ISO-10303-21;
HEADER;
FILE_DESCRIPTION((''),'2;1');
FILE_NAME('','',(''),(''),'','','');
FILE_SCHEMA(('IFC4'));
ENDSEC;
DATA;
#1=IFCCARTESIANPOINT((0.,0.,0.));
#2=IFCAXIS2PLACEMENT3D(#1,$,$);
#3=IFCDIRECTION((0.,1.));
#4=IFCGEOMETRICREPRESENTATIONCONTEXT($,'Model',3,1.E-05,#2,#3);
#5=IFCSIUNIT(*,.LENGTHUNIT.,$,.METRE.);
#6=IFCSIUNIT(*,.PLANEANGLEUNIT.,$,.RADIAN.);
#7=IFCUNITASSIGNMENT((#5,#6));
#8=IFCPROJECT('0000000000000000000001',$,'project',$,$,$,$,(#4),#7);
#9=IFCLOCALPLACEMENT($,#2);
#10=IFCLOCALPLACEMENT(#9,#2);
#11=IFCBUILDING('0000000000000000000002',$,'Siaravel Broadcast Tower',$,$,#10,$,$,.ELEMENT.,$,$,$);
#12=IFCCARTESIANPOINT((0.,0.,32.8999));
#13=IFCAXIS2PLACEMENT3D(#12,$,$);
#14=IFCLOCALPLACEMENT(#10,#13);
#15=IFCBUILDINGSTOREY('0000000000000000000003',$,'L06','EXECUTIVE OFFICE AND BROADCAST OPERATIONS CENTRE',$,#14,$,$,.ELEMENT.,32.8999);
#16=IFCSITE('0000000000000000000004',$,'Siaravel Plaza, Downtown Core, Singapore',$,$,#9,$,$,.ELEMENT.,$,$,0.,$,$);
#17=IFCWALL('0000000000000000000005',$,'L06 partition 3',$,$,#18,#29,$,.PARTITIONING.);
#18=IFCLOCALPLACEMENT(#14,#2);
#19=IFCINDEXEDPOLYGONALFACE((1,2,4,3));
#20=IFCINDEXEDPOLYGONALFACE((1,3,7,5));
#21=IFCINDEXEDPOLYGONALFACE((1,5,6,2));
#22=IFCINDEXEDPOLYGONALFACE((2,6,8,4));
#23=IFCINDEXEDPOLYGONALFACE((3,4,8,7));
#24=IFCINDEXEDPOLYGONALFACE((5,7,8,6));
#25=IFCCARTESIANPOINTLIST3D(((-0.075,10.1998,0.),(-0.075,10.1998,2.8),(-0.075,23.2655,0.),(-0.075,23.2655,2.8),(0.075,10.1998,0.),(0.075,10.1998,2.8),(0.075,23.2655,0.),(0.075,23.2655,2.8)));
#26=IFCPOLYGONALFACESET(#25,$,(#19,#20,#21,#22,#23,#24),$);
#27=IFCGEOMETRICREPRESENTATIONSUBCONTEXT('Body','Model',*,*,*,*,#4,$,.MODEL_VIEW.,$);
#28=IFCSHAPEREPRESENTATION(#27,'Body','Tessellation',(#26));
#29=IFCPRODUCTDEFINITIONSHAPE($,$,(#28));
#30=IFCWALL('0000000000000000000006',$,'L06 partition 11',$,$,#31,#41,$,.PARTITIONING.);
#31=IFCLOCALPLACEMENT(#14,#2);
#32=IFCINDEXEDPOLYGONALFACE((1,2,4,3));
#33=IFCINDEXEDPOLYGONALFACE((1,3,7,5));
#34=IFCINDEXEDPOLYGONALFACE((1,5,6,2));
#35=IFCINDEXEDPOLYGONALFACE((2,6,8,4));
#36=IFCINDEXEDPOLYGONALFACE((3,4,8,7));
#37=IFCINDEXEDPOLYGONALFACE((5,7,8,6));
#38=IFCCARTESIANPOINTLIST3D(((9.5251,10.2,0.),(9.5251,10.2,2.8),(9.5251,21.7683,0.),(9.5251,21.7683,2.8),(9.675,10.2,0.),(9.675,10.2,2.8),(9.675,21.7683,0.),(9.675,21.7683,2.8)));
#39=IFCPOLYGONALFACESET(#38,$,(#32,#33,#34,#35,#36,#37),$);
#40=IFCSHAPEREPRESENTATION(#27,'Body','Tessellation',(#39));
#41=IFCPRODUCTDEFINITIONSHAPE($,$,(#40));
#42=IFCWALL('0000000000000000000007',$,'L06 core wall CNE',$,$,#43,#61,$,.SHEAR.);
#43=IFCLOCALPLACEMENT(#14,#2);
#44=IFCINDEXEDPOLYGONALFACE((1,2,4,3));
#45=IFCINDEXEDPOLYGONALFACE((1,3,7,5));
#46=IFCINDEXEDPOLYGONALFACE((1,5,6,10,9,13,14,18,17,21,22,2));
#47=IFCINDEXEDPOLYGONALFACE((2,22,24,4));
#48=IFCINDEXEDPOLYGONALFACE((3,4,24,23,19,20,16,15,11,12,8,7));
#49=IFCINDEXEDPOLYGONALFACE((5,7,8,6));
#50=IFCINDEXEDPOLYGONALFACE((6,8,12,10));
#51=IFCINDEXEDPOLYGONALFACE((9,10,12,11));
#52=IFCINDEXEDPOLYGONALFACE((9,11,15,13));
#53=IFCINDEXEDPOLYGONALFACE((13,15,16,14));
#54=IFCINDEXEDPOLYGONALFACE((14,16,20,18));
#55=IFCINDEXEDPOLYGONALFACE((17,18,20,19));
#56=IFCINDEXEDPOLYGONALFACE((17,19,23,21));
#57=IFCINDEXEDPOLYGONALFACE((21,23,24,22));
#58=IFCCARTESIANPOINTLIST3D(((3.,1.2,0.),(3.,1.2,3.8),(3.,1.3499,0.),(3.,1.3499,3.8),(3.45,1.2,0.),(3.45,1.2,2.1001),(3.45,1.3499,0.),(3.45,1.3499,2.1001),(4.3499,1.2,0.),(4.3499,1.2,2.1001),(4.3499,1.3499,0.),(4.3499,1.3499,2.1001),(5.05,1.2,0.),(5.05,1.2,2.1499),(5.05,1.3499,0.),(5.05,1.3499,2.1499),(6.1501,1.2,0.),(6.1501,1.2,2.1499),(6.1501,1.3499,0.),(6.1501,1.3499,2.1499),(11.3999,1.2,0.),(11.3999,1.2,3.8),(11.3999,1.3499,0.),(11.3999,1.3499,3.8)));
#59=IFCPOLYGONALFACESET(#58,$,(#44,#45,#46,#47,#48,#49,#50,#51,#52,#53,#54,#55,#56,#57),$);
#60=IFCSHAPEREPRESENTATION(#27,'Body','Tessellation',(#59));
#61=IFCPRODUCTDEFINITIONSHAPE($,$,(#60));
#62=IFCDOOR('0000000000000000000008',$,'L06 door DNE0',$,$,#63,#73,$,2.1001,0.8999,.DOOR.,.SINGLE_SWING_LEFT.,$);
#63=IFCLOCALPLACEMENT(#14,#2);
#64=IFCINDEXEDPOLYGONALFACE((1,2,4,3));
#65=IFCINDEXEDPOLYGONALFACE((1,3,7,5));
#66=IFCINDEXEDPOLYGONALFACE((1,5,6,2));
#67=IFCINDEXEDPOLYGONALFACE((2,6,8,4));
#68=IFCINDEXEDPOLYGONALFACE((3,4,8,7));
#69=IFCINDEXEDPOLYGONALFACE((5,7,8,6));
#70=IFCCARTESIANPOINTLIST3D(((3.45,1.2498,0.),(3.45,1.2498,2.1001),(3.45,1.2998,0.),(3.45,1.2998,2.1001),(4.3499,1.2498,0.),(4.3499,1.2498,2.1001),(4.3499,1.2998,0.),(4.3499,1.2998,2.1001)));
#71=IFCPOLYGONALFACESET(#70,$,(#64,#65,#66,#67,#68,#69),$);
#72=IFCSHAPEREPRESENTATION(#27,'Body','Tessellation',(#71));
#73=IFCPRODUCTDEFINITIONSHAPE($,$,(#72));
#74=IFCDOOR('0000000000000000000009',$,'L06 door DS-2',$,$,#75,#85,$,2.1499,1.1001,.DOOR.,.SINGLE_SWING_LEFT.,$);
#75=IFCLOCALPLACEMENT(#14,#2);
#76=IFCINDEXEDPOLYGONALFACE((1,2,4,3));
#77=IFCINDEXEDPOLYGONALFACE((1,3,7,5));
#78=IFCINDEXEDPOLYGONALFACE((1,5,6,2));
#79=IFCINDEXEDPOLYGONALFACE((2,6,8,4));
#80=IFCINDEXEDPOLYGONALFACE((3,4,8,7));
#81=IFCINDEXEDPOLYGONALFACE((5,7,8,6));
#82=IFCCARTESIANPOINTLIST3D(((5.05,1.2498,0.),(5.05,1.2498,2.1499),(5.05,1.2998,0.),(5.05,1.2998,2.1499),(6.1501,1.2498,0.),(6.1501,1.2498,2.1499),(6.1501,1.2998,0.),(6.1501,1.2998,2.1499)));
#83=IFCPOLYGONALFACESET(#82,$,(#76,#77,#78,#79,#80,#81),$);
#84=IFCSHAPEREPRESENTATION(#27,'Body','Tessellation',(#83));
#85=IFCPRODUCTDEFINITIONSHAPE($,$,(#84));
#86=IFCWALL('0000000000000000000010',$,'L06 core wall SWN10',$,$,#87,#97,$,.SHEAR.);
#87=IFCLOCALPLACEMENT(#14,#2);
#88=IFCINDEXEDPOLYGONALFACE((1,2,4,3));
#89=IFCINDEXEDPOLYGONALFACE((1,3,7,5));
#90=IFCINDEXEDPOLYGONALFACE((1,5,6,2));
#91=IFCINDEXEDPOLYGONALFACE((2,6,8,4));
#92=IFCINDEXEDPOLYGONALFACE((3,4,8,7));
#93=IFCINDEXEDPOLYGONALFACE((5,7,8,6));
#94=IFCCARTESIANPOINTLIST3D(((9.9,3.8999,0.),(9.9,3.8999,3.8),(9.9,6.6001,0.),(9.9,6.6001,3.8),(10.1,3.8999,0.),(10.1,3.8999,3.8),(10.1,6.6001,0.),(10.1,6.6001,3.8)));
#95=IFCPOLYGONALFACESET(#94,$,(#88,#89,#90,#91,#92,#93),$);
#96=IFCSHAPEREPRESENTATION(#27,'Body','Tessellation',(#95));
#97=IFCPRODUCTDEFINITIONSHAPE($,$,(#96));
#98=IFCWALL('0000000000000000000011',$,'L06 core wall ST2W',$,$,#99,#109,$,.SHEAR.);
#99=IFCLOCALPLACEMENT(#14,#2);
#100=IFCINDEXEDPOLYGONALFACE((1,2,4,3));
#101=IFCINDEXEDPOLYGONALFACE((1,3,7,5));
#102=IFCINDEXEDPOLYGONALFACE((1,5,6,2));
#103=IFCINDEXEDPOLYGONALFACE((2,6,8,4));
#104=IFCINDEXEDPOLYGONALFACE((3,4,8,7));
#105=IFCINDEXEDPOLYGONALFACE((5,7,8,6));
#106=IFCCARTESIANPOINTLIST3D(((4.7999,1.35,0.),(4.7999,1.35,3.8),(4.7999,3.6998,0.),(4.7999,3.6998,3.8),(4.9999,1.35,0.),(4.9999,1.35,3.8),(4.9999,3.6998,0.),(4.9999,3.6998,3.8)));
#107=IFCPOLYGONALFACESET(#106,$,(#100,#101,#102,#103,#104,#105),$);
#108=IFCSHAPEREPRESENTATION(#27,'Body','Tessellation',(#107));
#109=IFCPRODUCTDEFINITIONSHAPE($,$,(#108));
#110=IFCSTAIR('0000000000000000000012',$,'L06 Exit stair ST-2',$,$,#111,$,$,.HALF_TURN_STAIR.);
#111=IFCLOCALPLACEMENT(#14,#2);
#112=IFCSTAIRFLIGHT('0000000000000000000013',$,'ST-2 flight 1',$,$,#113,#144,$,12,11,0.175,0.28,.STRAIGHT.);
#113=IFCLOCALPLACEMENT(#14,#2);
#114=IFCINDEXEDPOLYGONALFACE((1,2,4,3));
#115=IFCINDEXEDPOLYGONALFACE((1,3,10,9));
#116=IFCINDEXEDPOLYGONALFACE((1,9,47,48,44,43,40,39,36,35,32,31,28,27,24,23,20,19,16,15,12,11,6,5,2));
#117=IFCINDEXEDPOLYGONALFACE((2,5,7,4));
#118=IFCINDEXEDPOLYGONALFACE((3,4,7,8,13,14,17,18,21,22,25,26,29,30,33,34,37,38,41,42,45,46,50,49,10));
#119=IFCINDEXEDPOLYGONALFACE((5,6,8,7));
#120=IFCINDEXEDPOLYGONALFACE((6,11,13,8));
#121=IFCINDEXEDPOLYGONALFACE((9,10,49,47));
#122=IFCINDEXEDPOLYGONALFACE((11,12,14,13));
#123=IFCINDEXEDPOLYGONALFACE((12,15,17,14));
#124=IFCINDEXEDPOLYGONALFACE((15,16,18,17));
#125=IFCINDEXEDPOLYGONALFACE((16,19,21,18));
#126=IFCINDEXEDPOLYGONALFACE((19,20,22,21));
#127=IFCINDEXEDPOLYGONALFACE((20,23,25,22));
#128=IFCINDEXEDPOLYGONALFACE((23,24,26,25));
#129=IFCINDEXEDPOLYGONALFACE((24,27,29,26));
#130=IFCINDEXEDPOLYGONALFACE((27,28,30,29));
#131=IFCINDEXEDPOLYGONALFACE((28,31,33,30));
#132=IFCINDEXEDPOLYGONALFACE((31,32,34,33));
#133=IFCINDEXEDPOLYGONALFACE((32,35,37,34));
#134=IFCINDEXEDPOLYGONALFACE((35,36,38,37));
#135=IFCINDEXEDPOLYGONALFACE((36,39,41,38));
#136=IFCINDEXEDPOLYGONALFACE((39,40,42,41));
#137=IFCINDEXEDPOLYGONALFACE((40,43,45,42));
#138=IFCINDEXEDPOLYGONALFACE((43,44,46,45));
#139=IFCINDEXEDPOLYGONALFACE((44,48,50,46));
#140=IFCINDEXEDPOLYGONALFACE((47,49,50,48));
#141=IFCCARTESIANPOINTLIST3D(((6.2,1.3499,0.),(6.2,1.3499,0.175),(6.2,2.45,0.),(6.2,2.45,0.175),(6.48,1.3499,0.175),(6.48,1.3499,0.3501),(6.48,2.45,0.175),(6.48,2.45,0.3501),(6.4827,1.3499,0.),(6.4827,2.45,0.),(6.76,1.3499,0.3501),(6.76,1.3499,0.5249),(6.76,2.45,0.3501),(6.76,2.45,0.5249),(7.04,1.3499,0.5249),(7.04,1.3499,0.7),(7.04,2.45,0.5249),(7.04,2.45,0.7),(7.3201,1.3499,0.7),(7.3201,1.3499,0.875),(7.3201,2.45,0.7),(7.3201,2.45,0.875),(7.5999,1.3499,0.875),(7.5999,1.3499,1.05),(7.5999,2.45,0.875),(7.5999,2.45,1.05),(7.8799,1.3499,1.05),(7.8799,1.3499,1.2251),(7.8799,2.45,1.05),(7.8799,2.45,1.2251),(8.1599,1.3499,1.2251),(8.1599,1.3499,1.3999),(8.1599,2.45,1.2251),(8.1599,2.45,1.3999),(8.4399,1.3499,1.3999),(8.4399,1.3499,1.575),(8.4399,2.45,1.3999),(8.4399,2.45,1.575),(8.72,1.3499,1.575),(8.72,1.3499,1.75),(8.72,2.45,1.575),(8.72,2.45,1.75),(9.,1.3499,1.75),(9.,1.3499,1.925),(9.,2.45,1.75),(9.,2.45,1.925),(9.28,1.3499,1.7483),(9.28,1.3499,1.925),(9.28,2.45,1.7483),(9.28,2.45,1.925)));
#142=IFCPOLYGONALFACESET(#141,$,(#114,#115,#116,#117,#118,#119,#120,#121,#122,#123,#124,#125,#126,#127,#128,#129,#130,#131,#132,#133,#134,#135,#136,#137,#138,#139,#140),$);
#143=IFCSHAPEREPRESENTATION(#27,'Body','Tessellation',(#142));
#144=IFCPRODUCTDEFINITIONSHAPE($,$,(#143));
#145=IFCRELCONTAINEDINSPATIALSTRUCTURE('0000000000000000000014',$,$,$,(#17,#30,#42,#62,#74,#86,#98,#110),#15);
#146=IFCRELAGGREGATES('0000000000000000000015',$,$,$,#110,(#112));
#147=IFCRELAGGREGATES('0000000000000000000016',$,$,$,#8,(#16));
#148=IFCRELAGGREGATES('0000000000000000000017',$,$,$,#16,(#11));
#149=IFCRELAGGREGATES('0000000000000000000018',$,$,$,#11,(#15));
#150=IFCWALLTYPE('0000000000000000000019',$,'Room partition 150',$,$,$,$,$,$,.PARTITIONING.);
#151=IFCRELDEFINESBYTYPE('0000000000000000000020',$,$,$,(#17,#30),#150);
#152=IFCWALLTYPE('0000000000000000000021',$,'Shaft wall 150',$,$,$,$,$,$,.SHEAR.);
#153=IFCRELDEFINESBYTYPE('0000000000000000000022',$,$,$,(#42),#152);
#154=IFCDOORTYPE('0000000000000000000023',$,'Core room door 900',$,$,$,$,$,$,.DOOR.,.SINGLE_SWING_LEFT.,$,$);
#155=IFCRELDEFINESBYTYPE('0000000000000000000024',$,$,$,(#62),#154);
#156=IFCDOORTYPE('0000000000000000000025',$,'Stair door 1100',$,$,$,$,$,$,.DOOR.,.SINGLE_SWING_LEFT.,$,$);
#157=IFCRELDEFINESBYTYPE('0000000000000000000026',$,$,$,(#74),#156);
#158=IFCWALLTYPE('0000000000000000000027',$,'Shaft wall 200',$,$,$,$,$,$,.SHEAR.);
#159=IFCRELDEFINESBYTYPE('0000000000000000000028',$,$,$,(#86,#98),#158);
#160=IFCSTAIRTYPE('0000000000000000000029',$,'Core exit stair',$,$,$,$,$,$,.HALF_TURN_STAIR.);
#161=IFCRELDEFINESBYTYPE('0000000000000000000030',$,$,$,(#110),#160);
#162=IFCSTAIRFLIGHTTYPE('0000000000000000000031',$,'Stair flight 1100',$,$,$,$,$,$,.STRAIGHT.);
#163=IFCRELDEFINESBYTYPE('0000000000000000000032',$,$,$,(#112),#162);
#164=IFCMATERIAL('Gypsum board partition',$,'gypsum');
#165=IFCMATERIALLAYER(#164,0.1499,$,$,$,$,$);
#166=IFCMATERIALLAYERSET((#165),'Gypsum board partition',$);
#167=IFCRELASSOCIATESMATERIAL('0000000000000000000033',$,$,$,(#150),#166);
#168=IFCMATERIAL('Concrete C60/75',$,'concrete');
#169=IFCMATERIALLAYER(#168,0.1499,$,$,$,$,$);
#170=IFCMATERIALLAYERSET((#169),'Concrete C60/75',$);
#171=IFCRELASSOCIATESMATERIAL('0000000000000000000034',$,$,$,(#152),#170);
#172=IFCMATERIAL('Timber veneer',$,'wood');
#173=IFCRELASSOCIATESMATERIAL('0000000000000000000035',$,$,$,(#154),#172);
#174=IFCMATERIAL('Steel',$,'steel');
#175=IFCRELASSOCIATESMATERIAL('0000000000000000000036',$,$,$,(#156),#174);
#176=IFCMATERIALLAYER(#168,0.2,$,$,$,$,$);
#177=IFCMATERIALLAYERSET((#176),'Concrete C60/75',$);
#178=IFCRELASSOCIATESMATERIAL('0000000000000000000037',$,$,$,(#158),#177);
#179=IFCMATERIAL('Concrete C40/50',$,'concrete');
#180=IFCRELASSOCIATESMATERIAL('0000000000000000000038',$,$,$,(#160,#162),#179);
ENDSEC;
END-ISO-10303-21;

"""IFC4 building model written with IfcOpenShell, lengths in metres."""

from ifc_helpers import new_model, si_unit, direction, frame, frame_2d, origin, place, context, subcontext, project, spatial, polyline, rectangle, outline, extrude, material, layer, layer_set, type_object, element, fill, aggregate, save


model = new_model("IFC4")

# Units and contexts
model_context = context("Model", 3, precision=1e-05, world=origin(), true_north=direction((0.0, 1.0)))
body_context = subcontext(model_context, "Body", "Model", "MODEL_VIEW")
ifc_project = project(units=[si_unit("LENGTHUNIT", "METRE"), si_unit("PLANEANGLEUNIT", "RADIAN")], contexts=[model_context])

# Site, building, storey
site_placement = place(None, origin())
site = spatial("IfcSite", under=ifc_project, at=site_placement, Name="Siaravel Plaza, Downtown Core, Singapore", CompositionType="ELEMENT", RefElevation=0.0)
building_placement = place(site_placement, origin())
building = spatial("IfcBuilding", under=site, at=building_placement, Name="Siaravel Broadcast Tower", CompositionType="ELEMENT")
storey_placement = place(building_placement, frame((0.0, 0.0, 32.8999)))
storey = spatial("IfcBuildingStorey", under=building, at=storey_placement, Name="L06", Description="EXECUTIVE OFFICE AND BROADCAST OPERATIONS CENTRE", CompositionType="ELEMENT", Elevation=32.8999)

# Shared definitions
ifc_material_1 = material(Name="Concrete C40/50", Category="concrete")

# Shared definitions
ifc_material_2 = material(Name="Gypsum board partition", Category="gypsum")
ifc_material_3 = material(Name="Timber veneer", Category="wood")

# Walls
ifc_layer_1 = layer(ifc_material_2, 0.1499)
ifc_layer_set_1 = layer_set([ifc_layer_1], Name="Gypsum board partition")
wall_type_1 = type_object("IfcWallType", Name="Room partition 150", PredefinedType="PARTITIONING", material=ifc_layer_set_1)
wall_1_placement = place(storey_placement, frame((0.0, 10.2, 0.0), z_axis=(0.0, 0.0, 1.0), x_axis=(0.0, 1.0, 0.0)))
element("IfcWall", 1, at=wall_1_placement, inside=storey, type_object=wall_type_1, Name="L06 partition 3", PredefinedType="PARTITIONING", context=body_context, shape_type="SweptSolid", body=[
    extrude(rectangle(XDim=13.0657, YDim=0.1499, at=frame_2d((6.5327, 0.0))), origin(), (0.0, 0.0, 1.0), 2.8),
])
wall_2_placement = place(storey_placement, frame((9.6001, 10.2, 0.0), z_axis=(0.0, 0.0, 1.0), x_axis=(0.0, 1.0, 0.0)))
element("IfcWall", 2, at=wall_2_placement, inside=storey, type_object=wall_type_1, Name="L06 partition 11", PredefinedType="PARTITIONING", context=body_context, shape_type="SweptSolid", body=[
    extrude(rectangle(XDim=11.5684, YDim=0.1499, at=frame_2d((5.7842, 0.0))), origin(), (0.0, 0.0, 1.0), 2.8),
])

# Wall, openings, doors
ifc_material_4 = material(Name="Concrete C60/75", Category="concrete")
ifc_layer_2 = layer(ifc_material_4, 0.1499)
ifc_layer_set_2 = layer_set([ifc_layer_2], Name="Concrete C60/75")
wall_type_2 = type_object("IfcWallType", Name="Shaft wall 150", PredefinedType="SHEAR", material=ifc_layer_set_2)
wall_3_placement = place(storey_placement, frame((3.0, 1.2749, 0.0), z_axis=(0.0, 0.0, 1.0), x_axis=(1.0, 0.0, 0.0)))
wall_3 = element("IfcWall", 3, at=wall_3_placement, inside=storey, type_object=wall_type_2, Name="L06 core wall CNE", PredefinedType="SHEAR", context=body_context, shape_type="SweptSolid", body=[
    extrude(rectangle(XDim=8.3999, YDim=0.1499, at=frame_2d((4.2, 0.0))), origin(), (0.0, 0.0, 1.0), 3.8),
])
opening_1_placement = place(wall_3_placement, frame((2.05, 0.0, 0.0)))
opening_1 = element("IfcOpeningElement", 4, at=opening_1_placement, cuts=wall_3, PredefinedType="OPENING", context=body_context, shape_type="SweptSolid", body=[
    extrude(rectangle(XDim=1.1001, YDim=2.1499, at=frame_2d((0.55, 1.075))), frame((0.0, 0.085, 0.0), z_axis=(0.0, -1.0, 0.0), x_axis=(1.0, 0.0, 0.0)), (0.0, 0.0, 1.0), 0.1699),
])
opening_2_placement = place(wall_3_placement, frame((0.45, 0.0, 0.0)))
opening_2 = element("IfcOpeningElement", 5, at=opening_2_placement, cuts=wall_3, PredefinedType="OPENING", context=body_context, shape_type="SweptSolid", body=[
    extrude(rectangle(XDim=0.8999, YDim=2.1001, at=frame_2d((0.45, 1.05))), frame((0.0, 0.085, 0.0), z_axis=(0.0, -1.0, 0.0), x_axis=(1.0, 0.0, 0.0)), (0.0, 0.0, 1.0), 0.1699),
])
door_type_1 = type_object("IfcDoorType", Name="Core room door 900", OperationType="SINGLE_SWING_LEFT", PredefinedType="DOOR", material=ifc_material_3)
door_1_placement = place(opening_2_placement, origin())
door_1 = element("IfcDoor", 6, at=door_1_placement, inside=storey, type_object=door_type_1, Name="L06 door DNE0", OperationType="SINGLE_SWING_LEFT", OverallHeight=2.1001, OverallWidth=0.8999, PredefinedType="DOOR", context=body_context, shape_type="SweptSolid", body=[
    extrude(rectangle(XDim=0.8999, YDim=2.1001, at=frame_2d((0.45, 1.05))), frame((0.0, 0.0249, 0.0), z_axis=(0.0, -1.0, 0.0), x_axis=(1.0, 0.0, 0.0)), (0.0, 0.0, 1.0), 0.05),
])
fill(opening_2, door_1)
ifc_material_5 = material(Name="Steel", Category="steel")
door_type_2 = type_object("IfcDoorType", Name="Stair door 1100", OperationType="SINGLE_SWING_LEFT", PredefinedType="DOOR", material=ifc_material_5)
door_2_placement = place(opening_1_placement, origin())
door_2 = element("IfcDoor", 7, at=door_2_placement, inside=storey, type_object=door_type_2, Name="L06 door DS-2", OperationType="SINGLE_SWING_LEFT", OverallHeight=2.1499, OverallWidth=1.1001, PredefinedType="DOOR", context=body_context, shape_type="SweptSolid", body=[
    extrude(rectangle(XDim=1.1001, YDim=2.1499, at=frame_2d((0.55, 1.075))), frame((0.0, 0.0249, 0.0), z_axis=(0.0, -1.0, 0.0), x_axis=(1.0, 0.0, 0.0)), (0.0, 0.0, 1.0), 0.05),
])
fill(opening_1, door_2)

# Walls
ifc_layer_3 = layer(ifc_material_4, 0.2)
ifc_layer_set_3 = layer_set([ifc_layer_3], Name="Concrete C60/75")
wall_type_3 = type_object("IfcWallType", Name="Shaft wall 200", PredefinedType="SHEAR", material=ifc_layer_set_3)
wall_4_placement = place(storey_placement, frame((10.0, 3.8999, 0.0), z_axis=(0.0, 0.0, 1.0), x_axis=(0.0, 1.0, 0.0)))
element("IfcWall", 8, at=wall_4_placement, inside=storey, type_object=wall_type_3, Name="L06 core wall SWN10", PredefinedType="SHEAR", context=body_context, shape_type="SweptSolid", body=[
    extrude(rectangle(XDim=2.7002, YDim=0.2, at=frame_2d((1.3501, 0.0))), origin(), (0.0, 0.0, 1.0), 3.8),
])
wall_5_placement = place(storey_placement, frame((4.8999, 1.3501, 0.0), z_axis=(0.0, 0.0, 1.0), x_axis=(0.0, 1.0, 0.0)))
element("IfcWall", 9, at=wall_5_placement, inside=storey, type_object=wall_type_3, Name="L06 core wall ST2W", PredefinedType="SHEAR", context=body_context, shape_type="SweptSolid", body=[
    extrude(rectangle(XDim=2.3499, YDim=0.2, at=frame_2d((1.1748, 0.0))), origin(), (0.0, 0.0, 1.0), 3.8),
])

# Stair, stair flight
stair_type = type_object("IfcStairType", Name="Core exit stair", PredefinedType="HALF_TURN_STAIR", material=ifc_material_1)
stair_placement = place(storey_placement, origin())
stair = element("IfcStair", 10, at=stair_placement, inside=storey, type_object=stair_type, Name="L06 Exit stair ST-2", PredefinedType="HALF_TURN_STAIR")
stair_flight_type = type_object("IfcStairFlightType", Name="Stair flight 1100", PredefinedType="STRAIGHT", material=ifc_material_1)
stair_flight_1_placement = place(storey_placement, frame((6.2, 1.8999, 0.0), z_axis=(0.0, 0.0, 1.0), x_axis=(1.0, 0.0, 0.0)))
stair_flight_1 = element("IfcStairFlight", 11, at=stair_flight_1_placement, type_object=stair_flight_type, Name="ST-2 flight 1", NumberOfRisers=12, NumberOfTreads=11, PredefinedType="STRAIGHT", RiserHeight=0.175, TreadLength=0.28, context=body_context, shape_type="SweptSolid", body=[
    extrude(outline(polyline([(0.0, 0.0), (0.0, 0.175), (0.28, 0.175), (0.28, 0.3501), (0.5601, 0.3501), (0.5601, 0.5249), (0.8401, 0.5249), (0.8401, 0.7), (1.1201, 0.7), (1.1201, 0.875), (1.3999, 0.875), (1.3999, 1.05), (1.6799, 1.05), (1.6799, 1.2251), (1.96, 1.2251), (1.96, 1.3999), (2.24, 1.3999), (2.24, 1.575), (2.52, 1.575), (2.52, 1.75), (2.8, 1.75), (2.8, 1.925), (3.0801, 1.925), (3.0801, 2.1001), (3.0801, 1.7483), (0.2827, 0.0), (0.0, 0.0)])), frame((0.0, 0.55, 0.0), z_axis=(0.0, -1.0, 0.0), x_axis=(1.0, 0.0, 0.0)), (0.0, 0.0, 1.0), 1.1001),
])
aggregate(stair, [stair_flight_1])

save(model, "model.ifc")
